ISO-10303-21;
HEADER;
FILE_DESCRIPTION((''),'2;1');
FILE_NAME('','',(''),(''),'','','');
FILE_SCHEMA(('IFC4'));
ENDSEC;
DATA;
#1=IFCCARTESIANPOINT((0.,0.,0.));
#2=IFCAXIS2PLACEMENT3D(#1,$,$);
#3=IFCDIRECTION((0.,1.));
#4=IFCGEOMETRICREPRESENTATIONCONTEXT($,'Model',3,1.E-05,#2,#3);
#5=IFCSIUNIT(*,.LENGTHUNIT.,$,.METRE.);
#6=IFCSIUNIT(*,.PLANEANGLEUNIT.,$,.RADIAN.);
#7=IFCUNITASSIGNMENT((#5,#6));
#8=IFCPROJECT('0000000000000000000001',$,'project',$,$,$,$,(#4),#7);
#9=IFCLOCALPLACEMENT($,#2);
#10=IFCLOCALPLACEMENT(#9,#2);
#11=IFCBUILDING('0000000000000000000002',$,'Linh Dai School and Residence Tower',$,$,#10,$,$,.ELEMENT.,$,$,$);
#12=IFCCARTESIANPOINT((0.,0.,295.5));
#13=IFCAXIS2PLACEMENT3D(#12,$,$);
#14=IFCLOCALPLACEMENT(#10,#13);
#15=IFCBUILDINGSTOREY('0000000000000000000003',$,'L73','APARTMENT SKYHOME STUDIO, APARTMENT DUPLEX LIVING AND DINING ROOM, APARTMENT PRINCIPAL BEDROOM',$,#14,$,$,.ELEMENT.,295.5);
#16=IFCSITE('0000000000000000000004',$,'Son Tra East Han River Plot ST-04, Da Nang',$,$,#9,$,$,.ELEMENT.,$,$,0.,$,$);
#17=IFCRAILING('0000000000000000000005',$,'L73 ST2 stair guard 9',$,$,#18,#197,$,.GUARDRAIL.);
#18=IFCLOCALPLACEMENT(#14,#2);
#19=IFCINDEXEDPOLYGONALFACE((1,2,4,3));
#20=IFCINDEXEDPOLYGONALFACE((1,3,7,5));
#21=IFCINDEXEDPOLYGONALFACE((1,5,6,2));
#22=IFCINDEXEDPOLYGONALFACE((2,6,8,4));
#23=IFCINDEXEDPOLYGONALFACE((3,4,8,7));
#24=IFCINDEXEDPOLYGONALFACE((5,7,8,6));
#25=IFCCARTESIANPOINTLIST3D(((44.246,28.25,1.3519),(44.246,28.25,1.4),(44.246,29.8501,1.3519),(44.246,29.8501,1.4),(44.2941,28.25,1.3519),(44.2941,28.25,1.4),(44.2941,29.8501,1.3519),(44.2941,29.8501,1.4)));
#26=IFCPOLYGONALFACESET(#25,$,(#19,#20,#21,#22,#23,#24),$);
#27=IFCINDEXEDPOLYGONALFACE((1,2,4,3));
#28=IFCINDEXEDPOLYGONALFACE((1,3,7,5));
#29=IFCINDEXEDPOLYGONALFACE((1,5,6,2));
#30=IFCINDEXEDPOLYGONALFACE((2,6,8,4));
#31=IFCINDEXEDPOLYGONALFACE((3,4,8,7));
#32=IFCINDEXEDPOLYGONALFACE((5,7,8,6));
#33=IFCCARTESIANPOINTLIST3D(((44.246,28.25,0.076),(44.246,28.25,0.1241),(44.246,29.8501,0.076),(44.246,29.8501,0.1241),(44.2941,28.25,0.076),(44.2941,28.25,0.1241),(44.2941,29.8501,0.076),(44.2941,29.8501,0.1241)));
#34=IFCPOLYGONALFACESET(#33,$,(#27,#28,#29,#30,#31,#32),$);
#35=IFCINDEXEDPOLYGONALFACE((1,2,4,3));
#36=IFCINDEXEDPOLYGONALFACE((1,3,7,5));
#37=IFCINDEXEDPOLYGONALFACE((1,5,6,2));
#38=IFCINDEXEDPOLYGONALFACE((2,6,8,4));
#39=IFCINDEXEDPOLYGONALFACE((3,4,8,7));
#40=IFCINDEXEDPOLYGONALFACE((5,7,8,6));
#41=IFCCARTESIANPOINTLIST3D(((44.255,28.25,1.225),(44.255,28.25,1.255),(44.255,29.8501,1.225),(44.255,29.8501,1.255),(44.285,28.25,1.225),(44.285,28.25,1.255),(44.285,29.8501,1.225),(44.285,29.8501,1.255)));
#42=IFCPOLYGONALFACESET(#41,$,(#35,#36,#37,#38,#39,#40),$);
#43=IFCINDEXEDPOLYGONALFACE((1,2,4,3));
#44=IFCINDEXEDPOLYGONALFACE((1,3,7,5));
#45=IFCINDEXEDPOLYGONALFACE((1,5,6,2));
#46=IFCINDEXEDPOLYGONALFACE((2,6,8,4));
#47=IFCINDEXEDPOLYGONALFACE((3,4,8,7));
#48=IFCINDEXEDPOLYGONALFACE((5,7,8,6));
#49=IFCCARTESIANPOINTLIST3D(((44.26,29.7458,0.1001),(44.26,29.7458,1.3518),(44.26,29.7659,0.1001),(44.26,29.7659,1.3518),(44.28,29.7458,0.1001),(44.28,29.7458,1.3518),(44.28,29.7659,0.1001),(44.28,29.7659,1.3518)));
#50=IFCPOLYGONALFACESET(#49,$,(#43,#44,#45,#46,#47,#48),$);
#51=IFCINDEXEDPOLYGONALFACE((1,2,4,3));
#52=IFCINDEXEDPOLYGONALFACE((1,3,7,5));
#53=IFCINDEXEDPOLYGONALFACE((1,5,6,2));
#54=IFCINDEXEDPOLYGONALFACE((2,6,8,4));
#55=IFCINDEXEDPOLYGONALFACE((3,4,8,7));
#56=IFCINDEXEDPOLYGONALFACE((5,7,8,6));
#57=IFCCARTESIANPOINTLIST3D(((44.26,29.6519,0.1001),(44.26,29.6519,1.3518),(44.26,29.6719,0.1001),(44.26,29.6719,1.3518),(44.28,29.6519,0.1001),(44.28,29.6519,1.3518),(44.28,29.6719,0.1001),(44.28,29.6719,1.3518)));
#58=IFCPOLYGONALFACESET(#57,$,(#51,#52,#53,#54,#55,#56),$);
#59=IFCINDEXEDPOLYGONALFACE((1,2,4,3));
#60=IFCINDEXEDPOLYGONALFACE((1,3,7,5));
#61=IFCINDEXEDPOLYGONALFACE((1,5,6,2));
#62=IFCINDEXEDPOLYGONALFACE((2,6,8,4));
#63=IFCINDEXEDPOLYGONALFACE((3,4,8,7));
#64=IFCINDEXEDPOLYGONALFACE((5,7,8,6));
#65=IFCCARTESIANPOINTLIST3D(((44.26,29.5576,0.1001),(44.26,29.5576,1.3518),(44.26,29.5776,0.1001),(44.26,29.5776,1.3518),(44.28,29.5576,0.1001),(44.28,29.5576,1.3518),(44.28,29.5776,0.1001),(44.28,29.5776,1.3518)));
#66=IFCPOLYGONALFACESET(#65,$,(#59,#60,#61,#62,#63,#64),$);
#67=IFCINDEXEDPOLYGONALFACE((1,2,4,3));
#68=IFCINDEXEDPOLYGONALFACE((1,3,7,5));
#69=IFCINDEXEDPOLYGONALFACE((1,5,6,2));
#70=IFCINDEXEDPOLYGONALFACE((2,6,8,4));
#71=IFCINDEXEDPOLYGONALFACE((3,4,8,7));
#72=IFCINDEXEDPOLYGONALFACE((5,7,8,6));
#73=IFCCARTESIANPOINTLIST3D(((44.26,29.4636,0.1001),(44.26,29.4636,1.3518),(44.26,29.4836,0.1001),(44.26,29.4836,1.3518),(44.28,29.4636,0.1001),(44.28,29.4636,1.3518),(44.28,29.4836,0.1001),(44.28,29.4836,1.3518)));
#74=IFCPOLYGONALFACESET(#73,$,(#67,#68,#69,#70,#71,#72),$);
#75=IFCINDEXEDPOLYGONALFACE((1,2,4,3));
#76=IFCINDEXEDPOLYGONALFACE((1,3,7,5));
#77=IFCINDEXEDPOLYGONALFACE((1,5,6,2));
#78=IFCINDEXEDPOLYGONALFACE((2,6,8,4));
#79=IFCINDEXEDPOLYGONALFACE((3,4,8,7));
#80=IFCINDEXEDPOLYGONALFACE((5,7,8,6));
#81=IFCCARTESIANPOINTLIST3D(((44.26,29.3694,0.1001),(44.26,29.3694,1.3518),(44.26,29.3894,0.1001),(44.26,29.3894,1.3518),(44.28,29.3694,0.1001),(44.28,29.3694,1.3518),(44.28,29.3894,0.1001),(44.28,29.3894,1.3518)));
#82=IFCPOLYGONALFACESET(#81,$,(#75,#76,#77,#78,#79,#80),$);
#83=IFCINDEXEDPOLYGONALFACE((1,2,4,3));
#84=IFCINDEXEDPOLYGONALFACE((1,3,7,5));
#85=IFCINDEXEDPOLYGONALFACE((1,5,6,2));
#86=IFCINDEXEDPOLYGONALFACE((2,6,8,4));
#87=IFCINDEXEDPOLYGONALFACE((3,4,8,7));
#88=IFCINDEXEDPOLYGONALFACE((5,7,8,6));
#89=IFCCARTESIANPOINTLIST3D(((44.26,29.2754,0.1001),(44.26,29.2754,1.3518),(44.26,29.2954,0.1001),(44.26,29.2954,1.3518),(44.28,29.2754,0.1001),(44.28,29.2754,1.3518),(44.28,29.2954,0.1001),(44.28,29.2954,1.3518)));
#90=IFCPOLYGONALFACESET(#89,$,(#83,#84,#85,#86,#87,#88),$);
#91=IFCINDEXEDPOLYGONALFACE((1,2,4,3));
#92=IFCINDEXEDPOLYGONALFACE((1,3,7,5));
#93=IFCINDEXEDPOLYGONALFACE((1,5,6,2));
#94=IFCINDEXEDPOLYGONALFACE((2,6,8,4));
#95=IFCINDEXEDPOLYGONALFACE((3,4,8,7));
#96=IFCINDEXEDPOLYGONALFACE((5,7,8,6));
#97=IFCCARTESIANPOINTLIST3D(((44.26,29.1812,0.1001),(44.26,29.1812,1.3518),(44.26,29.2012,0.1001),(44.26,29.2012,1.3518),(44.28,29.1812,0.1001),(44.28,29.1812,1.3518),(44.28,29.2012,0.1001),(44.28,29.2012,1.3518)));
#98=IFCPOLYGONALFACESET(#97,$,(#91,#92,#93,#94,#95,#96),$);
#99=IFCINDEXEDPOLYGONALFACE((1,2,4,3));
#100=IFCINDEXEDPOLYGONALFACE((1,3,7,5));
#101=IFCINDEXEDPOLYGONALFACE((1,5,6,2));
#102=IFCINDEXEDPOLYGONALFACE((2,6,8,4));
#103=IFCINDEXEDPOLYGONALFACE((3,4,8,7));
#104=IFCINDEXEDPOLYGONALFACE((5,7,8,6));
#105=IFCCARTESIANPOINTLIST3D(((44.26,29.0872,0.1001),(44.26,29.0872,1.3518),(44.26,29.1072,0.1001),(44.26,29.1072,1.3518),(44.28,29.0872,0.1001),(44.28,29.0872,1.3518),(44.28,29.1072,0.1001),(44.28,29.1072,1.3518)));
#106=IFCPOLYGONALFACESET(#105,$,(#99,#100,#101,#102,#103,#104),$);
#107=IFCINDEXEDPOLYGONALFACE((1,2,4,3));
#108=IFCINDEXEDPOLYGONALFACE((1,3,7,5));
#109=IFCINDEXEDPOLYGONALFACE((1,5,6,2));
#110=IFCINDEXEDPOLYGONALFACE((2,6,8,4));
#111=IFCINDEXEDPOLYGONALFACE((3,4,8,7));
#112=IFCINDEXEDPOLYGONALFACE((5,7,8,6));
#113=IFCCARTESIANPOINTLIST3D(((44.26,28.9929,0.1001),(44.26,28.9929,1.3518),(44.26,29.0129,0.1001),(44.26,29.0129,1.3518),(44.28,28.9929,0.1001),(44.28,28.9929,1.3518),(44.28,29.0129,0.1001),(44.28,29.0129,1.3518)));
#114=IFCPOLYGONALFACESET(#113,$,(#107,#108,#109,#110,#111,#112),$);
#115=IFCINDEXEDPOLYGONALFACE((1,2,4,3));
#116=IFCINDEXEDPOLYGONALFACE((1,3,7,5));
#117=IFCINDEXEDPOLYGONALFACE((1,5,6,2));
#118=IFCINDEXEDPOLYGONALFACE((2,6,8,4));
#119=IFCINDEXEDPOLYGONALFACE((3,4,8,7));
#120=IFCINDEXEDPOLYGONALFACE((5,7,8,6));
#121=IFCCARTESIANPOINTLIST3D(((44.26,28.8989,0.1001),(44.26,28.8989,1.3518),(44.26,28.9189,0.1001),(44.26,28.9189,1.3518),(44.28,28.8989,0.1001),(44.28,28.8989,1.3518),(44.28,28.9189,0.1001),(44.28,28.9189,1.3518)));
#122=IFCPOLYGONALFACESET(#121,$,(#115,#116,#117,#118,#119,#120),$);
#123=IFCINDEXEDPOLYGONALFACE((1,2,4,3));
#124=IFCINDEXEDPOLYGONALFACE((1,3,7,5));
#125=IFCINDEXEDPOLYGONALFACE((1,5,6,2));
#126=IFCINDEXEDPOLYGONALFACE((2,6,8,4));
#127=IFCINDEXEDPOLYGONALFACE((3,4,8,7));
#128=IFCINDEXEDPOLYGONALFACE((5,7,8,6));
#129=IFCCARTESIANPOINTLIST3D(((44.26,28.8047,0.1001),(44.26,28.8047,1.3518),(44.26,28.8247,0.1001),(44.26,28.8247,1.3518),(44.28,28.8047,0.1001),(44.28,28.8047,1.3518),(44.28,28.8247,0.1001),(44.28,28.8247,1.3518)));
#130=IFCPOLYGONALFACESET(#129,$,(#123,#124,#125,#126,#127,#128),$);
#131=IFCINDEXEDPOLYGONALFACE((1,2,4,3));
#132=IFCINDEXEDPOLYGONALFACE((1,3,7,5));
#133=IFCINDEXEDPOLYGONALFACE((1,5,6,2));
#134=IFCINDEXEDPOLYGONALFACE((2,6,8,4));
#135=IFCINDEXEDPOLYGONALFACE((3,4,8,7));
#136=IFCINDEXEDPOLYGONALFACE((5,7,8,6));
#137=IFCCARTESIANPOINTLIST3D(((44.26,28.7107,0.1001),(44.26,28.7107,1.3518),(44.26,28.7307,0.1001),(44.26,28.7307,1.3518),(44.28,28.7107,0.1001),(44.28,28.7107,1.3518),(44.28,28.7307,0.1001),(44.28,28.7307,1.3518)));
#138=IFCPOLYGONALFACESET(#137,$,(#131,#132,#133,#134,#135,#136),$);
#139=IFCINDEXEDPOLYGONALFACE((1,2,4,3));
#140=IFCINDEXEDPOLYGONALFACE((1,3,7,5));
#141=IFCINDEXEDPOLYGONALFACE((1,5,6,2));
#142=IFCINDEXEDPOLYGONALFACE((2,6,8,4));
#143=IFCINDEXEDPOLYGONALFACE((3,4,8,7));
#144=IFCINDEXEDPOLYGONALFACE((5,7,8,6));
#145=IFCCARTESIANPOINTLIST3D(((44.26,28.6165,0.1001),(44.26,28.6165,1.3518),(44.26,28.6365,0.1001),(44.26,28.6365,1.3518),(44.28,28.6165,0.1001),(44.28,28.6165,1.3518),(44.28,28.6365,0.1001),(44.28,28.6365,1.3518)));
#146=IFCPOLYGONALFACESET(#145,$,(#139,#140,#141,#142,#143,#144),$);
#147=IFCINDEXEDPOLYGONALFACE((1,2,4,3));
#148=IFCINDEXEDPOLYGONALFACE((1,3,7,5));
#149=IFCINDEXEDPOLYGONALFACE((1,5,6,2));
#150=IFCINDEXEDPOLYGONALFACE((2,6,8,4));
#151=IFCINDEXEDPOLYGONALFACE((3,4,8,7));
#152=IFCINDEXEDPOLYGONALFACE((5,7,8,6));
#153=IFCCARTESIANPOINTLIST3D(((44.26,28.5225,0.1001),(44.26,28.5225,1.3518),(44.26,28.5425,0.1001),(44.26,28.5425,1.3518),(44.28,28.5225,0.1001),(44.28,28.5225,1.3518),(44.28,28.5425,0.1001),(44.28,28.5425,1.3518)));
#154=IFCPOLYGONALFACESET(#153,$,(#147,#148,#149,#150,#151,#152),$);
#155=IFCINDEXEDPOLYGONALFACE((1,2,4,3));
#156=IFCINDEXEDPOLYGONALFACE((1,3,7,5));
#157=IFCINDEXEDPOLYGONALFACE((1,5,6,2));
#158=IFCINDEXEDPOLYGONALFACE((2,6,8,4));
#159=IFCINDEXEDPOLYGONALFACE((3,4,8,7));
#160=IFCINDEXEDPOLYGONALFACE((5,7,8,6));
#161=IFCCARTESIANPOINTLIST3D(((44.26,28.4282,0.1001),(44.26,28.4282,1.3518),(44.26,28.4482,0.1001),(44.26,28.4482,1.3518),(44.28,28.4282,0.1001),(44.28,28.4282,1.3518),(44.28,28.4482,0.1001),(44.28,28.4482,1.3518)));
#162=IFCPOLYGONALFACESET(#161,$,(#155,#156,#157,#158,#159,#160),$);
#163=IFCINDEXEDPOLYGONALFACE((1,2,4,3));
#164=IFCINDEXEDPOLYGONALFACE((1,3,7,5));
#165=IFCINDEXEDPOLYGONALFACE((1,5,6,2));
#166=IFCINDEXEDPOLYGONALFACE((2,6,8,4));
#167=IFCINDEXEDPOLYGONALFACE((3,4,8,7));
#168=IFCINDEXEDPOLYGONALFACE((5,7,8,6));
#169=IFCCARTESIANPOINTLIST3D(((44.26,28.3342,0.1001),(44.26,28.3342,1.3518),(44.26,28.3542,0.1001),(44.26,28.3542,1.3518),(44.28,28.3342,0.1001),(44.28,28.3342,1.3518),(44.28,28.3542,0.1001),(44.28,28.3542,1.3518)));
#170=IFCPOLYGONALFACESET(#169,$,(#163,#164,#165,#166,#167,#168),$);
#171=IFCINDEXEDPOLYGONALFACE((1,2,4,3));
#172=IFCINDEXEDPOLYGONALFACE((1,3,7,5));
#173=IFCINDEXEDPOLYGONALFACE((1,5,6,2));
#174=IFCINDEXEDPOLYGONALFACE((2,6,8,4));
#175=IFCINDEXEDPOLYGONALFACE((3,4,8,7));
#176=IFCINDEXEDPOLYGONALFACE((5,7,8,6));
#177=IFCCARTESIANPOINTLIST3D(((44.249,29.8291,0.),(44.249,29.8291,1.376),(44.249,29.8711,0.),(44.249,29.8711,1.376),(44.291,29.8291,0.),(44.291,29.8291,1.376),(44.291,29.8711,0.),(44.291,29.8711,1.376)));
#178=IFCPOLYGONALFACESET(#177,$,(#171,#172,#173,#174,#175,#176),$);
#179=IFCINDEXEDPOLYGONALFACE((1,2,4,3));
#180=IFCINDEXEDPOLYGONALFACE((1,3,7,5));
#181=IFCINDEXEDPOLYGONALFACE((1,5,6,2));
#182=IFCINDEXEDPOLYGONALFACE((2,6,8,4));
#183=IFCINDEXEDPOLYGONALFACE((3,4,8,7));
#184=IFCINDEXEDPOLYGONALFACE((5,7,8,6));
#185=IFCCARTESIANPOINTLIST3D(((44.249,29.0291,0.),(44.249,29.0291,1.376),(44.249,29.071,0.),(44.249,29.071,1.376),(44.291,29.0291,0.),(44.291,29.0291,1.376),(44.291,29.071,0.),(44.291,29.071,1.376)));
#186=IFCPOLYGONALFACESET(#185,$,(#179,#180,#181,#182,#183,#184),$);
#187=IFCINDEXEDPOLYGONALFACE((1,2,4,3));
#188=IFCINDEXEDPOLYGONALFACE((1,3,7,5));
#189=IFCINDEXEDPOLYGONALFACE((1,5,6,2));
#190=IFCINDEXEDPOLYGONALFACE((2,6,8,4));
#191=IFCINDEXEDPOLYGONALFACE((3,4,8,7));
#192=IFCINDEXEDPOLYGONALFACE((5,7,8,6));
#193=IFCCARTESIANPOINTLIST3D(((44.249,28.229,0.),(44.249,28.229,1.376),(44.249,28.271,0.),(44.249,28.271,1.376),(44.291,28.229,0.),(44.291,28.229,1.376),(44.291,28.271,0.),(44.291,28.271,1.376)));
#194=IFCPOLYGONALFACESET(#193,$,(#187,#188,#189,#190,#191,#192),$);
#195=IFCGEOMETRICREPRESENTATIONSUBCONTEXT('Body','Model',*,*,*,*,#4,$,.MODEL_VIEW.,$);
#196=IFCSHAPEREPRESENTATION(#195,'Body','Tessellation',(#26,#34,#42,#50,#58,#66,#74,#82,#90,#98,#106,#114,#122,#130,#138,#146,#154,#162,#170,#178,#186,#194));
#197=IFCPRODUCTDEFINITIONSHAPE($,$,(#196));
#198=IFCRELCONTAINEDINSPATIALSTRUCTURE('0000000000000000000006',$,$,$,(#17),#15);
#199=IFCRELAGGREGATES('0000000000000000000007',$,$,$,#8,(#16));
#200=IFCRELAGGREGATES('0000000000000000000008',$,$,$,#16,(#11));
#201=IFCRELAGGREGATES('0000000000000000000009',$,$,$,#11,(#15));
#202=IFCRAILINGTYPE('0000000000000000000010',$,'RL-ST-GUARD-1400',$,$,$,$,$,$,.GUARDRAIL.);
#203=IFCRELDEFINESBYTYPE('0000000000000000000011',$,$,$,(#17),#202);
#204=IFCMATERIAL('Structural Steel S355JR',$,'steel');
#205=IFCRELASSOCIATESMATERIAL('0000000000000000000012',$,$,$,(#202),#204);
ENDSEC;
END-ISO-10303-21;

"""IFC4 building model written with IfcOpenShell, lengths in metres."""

from ifc_helpers import new_model, si_unit, direction, frame, origin, origin_2d, place, context, subcontext, project, spatial, rectangle, extrude, source, transform, mapped, material, type_object, element, save


model = new_model("IFC4")

# Units and contexts
model_context = context("Model", 3, precision=1e-05, world=origin(), true_north=direction((0.0, 1.0)))
body_context = subcontext(model_context, "Body", "Model", "MODEL_VIEW")
ifc_project = project(units=[si_unit("LENGTHUNIT", "METRE"), si_unit("PLANEANGLEUNIT", "RADIAN")], contexts=[model_context])

# Site, building, storey
site_placement = place(None, origin())
site = spatial("IfcSite", under=ifc_project, at=site_placement, Name="Son Tra East Han River Plot ST-04, Da Nang", CompositionType="ELEMENT", RefElevation=0.0)
building_placement = place(site_placement, origin())
building = spatial("IfcBuilding", under=site, at=building_placement, Name="Linh Dai School and Residence Tower", CompositionType="ELEMENT")
storey_placement = place(building_placement, frame((0.0, 0.0, 295.5)))
storey = spatial("IfcBuildingStorey", under=building, at=storey_placement, Name="L73", Description="APARTMENT SKYHOME STUDIO, APARTMENT DUPLEX LIVING AND DINING ROOM, APARTMENT PRINCIPAL BEDROOM", CompositionType="ELEMENT", Elevation=295.5)

# Shared definitions
ifc_material_1 = material(Name="Structural Steel S355JR", Category="steel")

# Railing
railing_type_1 = type_object("IfcRailingType", Name="RL-ST-GUARD-1400", PredefinedType="GUARDRAIL", material=ifc_material_1)
shared_shape_1 = source(origin(), body_context, "Body", "SweptSolid", [
    extrude(rectangle(XDim=0.0481, YDim=0.0481, at=origin_2d()), frame((0.0, 0.0, 1.376), z_axis=(0.0, -1.0, 0.0), x_axis=(1.0, 0.0, 0.0)), (0.0, 0.0, 1.0), 1.6001),
    extrude(rectangle(XDim=0.0481, YDim=0.0481, at=origin_2d()), frame((0.0, 0.0, 0.1001), z_axis=(0.0, -1.0, 0.0), x_axis=(1.0, 0.0, 0.0)), (0.0, 0.0, 1.0), 1.6001),
    extrude(rectangle(XDim=0.03, YDim=0.03, at=origin_2d()), frame((0.0, 0.0, 1.24), z_axis=(0.0, -1.0, 0.0), x_axis=(1.0, 0.0, 0.0)), (0.0, 0.0, 1.0), 1.6001),
    extrude(rectangle(XDim=0.02, YDim=0.02, at=origin_2d()), frame((0.0, -0.0942, 0.1001)), (0.0, 0.0, 1.0), 1.2517),
    extrude(rectangle(XDim=0.02, YDim=0.02, at=origin_2d()), frame((0.0, -0.1882, 0.1001)), (0.0, 0.0, 1.0), 1.2517),
    extrude(rectangle(XDim=0.02, YDim=0.02, at=origin_2d()), frame((0.0, -0.2825, 0.1001)), (0.0, 0.0, 1.0), 1.2517),
    extrude(rectangle(XDim=0.02, YDim=0.02, at=origin_2d()), frame((0.0, -0.3765, 0.1001)), (0.0, 0.0, 1.0), 1.2517),
    extrude(rectangle(XDim=0.02, YDim=0.02, at=origin_2d()), frame((0.0, -0.4707, 0.1001)), (0.0, 0.0, 1.0), 1.2517),
    extrude(rectangle(XDim=0.02, YDim=0.02, at=origin_2d()), frame((0.0, -0.5647, 0.1001)), (0.0, 0.0, 1.0), 1.2517),
    extrude(rectangle(XDim=0.02, YDim=0.02, at=origin_2d()), frame((0.0, -0.6589, 0.1001)), (0.0, 0.0, 1.0), 1.2517),
    extrude(rectangle(XDim=0.02, YDim=0.02, at=origin_2d()), frame((0.0, -0.7529, 0.1001)), (0.0, 0.0, 1.0), 1.2517),
    extrude(rectangle(XDim=0.02, YDim=0.02, at=origin_2d()), frame((0.0, -0.8472, 0.1001)), (0.0, 0.0, 1.0), 1.2517),
    extrude(rectangle(XDim=0.02, YDim=0.02, at=origin_2d()), frame((0.0, -0.9412, 0.1001)), (0.0, 0.0, 1.0), 1.2517),
    extrude(rectangle(XDim=0.02, YDim=0.02, at=origin_2d()), frame((0.0, -1.0354, 0.1001)), (0.0, 0.0, 1.0), 1.2517),
    extrude(rectangle(XDim=0.02, YDim=0.02, at=origin_2d()), frame((0.0, -1.1294, 0.1001)), (0.0, 0.0, 1.0), 1.2517),
    extrude(rectangle(XDim=0.02, YDim=0.02, at=origin_2d()), frame((0.0, -1.2236, 0.1001)), (0.0, 0.0, 1.0), 1.2517),
    extrude(rectangle(XDim=0.02, YDim=0.02, at=origin_2d()), frame((0.0, -1.3176, 0.1001)), (0.0, 0.0, 1.0), 1.2517),
    extrude(rectangle(XDim=0.02, YDim=0.02, at=origin_2d()), frame((0.0, -1.4119, 0.1001)), (0.0, 0.0, 1.0), 1.2517),
    extrude(rectangle(XDim=0.02, YDim=0.02, at=origin_2d()), frame((0.0, -1.5059, 0.1001)), (0.0, 0.0, 1.0), 1.2517),
    extrude(rectangle(XDim=0.042, YDim=0.042, at=origin_2d()), origin(), (0.0, 0.0, 1.0), 1.376),
    extrude(rectangle(XDim=0.042, YDim=0.042, at=origin_2d()), frame((0.0, -0.8, 0.0)), (0.0, 0.0, 1.0), 1.376),
    extrude(rectangle(XDim=0.042, YDim=0.042, at=origin_2d()), frame((0.0, -1.6001, 0.0)), (0.0, 0.0, 1.0), 1.376),
])
for number, where, name in (
    (1, (44.27, 29.8501, 0.0), "L73 ST2 stair guard 9"),
):
    element("IfcRailing", number, at=place(storey_placement, frame(where)), inside=storey, type_object=railing_type_1, Name=name, PredefinedType="GUARDRAIL", context=body_context, shape_type="MappedRepresentation", body=[
        mapped(shared_shape_1, transform((0.0, 0.0, 0.0), x_axis=(1.0, 0.0, 0.0), y_axis=(0.0, 1.0, 0.0), z_axis=(0.0, 0.0, 1.0), scale=1.0)),
    ])

save(model, "model.ifc")
